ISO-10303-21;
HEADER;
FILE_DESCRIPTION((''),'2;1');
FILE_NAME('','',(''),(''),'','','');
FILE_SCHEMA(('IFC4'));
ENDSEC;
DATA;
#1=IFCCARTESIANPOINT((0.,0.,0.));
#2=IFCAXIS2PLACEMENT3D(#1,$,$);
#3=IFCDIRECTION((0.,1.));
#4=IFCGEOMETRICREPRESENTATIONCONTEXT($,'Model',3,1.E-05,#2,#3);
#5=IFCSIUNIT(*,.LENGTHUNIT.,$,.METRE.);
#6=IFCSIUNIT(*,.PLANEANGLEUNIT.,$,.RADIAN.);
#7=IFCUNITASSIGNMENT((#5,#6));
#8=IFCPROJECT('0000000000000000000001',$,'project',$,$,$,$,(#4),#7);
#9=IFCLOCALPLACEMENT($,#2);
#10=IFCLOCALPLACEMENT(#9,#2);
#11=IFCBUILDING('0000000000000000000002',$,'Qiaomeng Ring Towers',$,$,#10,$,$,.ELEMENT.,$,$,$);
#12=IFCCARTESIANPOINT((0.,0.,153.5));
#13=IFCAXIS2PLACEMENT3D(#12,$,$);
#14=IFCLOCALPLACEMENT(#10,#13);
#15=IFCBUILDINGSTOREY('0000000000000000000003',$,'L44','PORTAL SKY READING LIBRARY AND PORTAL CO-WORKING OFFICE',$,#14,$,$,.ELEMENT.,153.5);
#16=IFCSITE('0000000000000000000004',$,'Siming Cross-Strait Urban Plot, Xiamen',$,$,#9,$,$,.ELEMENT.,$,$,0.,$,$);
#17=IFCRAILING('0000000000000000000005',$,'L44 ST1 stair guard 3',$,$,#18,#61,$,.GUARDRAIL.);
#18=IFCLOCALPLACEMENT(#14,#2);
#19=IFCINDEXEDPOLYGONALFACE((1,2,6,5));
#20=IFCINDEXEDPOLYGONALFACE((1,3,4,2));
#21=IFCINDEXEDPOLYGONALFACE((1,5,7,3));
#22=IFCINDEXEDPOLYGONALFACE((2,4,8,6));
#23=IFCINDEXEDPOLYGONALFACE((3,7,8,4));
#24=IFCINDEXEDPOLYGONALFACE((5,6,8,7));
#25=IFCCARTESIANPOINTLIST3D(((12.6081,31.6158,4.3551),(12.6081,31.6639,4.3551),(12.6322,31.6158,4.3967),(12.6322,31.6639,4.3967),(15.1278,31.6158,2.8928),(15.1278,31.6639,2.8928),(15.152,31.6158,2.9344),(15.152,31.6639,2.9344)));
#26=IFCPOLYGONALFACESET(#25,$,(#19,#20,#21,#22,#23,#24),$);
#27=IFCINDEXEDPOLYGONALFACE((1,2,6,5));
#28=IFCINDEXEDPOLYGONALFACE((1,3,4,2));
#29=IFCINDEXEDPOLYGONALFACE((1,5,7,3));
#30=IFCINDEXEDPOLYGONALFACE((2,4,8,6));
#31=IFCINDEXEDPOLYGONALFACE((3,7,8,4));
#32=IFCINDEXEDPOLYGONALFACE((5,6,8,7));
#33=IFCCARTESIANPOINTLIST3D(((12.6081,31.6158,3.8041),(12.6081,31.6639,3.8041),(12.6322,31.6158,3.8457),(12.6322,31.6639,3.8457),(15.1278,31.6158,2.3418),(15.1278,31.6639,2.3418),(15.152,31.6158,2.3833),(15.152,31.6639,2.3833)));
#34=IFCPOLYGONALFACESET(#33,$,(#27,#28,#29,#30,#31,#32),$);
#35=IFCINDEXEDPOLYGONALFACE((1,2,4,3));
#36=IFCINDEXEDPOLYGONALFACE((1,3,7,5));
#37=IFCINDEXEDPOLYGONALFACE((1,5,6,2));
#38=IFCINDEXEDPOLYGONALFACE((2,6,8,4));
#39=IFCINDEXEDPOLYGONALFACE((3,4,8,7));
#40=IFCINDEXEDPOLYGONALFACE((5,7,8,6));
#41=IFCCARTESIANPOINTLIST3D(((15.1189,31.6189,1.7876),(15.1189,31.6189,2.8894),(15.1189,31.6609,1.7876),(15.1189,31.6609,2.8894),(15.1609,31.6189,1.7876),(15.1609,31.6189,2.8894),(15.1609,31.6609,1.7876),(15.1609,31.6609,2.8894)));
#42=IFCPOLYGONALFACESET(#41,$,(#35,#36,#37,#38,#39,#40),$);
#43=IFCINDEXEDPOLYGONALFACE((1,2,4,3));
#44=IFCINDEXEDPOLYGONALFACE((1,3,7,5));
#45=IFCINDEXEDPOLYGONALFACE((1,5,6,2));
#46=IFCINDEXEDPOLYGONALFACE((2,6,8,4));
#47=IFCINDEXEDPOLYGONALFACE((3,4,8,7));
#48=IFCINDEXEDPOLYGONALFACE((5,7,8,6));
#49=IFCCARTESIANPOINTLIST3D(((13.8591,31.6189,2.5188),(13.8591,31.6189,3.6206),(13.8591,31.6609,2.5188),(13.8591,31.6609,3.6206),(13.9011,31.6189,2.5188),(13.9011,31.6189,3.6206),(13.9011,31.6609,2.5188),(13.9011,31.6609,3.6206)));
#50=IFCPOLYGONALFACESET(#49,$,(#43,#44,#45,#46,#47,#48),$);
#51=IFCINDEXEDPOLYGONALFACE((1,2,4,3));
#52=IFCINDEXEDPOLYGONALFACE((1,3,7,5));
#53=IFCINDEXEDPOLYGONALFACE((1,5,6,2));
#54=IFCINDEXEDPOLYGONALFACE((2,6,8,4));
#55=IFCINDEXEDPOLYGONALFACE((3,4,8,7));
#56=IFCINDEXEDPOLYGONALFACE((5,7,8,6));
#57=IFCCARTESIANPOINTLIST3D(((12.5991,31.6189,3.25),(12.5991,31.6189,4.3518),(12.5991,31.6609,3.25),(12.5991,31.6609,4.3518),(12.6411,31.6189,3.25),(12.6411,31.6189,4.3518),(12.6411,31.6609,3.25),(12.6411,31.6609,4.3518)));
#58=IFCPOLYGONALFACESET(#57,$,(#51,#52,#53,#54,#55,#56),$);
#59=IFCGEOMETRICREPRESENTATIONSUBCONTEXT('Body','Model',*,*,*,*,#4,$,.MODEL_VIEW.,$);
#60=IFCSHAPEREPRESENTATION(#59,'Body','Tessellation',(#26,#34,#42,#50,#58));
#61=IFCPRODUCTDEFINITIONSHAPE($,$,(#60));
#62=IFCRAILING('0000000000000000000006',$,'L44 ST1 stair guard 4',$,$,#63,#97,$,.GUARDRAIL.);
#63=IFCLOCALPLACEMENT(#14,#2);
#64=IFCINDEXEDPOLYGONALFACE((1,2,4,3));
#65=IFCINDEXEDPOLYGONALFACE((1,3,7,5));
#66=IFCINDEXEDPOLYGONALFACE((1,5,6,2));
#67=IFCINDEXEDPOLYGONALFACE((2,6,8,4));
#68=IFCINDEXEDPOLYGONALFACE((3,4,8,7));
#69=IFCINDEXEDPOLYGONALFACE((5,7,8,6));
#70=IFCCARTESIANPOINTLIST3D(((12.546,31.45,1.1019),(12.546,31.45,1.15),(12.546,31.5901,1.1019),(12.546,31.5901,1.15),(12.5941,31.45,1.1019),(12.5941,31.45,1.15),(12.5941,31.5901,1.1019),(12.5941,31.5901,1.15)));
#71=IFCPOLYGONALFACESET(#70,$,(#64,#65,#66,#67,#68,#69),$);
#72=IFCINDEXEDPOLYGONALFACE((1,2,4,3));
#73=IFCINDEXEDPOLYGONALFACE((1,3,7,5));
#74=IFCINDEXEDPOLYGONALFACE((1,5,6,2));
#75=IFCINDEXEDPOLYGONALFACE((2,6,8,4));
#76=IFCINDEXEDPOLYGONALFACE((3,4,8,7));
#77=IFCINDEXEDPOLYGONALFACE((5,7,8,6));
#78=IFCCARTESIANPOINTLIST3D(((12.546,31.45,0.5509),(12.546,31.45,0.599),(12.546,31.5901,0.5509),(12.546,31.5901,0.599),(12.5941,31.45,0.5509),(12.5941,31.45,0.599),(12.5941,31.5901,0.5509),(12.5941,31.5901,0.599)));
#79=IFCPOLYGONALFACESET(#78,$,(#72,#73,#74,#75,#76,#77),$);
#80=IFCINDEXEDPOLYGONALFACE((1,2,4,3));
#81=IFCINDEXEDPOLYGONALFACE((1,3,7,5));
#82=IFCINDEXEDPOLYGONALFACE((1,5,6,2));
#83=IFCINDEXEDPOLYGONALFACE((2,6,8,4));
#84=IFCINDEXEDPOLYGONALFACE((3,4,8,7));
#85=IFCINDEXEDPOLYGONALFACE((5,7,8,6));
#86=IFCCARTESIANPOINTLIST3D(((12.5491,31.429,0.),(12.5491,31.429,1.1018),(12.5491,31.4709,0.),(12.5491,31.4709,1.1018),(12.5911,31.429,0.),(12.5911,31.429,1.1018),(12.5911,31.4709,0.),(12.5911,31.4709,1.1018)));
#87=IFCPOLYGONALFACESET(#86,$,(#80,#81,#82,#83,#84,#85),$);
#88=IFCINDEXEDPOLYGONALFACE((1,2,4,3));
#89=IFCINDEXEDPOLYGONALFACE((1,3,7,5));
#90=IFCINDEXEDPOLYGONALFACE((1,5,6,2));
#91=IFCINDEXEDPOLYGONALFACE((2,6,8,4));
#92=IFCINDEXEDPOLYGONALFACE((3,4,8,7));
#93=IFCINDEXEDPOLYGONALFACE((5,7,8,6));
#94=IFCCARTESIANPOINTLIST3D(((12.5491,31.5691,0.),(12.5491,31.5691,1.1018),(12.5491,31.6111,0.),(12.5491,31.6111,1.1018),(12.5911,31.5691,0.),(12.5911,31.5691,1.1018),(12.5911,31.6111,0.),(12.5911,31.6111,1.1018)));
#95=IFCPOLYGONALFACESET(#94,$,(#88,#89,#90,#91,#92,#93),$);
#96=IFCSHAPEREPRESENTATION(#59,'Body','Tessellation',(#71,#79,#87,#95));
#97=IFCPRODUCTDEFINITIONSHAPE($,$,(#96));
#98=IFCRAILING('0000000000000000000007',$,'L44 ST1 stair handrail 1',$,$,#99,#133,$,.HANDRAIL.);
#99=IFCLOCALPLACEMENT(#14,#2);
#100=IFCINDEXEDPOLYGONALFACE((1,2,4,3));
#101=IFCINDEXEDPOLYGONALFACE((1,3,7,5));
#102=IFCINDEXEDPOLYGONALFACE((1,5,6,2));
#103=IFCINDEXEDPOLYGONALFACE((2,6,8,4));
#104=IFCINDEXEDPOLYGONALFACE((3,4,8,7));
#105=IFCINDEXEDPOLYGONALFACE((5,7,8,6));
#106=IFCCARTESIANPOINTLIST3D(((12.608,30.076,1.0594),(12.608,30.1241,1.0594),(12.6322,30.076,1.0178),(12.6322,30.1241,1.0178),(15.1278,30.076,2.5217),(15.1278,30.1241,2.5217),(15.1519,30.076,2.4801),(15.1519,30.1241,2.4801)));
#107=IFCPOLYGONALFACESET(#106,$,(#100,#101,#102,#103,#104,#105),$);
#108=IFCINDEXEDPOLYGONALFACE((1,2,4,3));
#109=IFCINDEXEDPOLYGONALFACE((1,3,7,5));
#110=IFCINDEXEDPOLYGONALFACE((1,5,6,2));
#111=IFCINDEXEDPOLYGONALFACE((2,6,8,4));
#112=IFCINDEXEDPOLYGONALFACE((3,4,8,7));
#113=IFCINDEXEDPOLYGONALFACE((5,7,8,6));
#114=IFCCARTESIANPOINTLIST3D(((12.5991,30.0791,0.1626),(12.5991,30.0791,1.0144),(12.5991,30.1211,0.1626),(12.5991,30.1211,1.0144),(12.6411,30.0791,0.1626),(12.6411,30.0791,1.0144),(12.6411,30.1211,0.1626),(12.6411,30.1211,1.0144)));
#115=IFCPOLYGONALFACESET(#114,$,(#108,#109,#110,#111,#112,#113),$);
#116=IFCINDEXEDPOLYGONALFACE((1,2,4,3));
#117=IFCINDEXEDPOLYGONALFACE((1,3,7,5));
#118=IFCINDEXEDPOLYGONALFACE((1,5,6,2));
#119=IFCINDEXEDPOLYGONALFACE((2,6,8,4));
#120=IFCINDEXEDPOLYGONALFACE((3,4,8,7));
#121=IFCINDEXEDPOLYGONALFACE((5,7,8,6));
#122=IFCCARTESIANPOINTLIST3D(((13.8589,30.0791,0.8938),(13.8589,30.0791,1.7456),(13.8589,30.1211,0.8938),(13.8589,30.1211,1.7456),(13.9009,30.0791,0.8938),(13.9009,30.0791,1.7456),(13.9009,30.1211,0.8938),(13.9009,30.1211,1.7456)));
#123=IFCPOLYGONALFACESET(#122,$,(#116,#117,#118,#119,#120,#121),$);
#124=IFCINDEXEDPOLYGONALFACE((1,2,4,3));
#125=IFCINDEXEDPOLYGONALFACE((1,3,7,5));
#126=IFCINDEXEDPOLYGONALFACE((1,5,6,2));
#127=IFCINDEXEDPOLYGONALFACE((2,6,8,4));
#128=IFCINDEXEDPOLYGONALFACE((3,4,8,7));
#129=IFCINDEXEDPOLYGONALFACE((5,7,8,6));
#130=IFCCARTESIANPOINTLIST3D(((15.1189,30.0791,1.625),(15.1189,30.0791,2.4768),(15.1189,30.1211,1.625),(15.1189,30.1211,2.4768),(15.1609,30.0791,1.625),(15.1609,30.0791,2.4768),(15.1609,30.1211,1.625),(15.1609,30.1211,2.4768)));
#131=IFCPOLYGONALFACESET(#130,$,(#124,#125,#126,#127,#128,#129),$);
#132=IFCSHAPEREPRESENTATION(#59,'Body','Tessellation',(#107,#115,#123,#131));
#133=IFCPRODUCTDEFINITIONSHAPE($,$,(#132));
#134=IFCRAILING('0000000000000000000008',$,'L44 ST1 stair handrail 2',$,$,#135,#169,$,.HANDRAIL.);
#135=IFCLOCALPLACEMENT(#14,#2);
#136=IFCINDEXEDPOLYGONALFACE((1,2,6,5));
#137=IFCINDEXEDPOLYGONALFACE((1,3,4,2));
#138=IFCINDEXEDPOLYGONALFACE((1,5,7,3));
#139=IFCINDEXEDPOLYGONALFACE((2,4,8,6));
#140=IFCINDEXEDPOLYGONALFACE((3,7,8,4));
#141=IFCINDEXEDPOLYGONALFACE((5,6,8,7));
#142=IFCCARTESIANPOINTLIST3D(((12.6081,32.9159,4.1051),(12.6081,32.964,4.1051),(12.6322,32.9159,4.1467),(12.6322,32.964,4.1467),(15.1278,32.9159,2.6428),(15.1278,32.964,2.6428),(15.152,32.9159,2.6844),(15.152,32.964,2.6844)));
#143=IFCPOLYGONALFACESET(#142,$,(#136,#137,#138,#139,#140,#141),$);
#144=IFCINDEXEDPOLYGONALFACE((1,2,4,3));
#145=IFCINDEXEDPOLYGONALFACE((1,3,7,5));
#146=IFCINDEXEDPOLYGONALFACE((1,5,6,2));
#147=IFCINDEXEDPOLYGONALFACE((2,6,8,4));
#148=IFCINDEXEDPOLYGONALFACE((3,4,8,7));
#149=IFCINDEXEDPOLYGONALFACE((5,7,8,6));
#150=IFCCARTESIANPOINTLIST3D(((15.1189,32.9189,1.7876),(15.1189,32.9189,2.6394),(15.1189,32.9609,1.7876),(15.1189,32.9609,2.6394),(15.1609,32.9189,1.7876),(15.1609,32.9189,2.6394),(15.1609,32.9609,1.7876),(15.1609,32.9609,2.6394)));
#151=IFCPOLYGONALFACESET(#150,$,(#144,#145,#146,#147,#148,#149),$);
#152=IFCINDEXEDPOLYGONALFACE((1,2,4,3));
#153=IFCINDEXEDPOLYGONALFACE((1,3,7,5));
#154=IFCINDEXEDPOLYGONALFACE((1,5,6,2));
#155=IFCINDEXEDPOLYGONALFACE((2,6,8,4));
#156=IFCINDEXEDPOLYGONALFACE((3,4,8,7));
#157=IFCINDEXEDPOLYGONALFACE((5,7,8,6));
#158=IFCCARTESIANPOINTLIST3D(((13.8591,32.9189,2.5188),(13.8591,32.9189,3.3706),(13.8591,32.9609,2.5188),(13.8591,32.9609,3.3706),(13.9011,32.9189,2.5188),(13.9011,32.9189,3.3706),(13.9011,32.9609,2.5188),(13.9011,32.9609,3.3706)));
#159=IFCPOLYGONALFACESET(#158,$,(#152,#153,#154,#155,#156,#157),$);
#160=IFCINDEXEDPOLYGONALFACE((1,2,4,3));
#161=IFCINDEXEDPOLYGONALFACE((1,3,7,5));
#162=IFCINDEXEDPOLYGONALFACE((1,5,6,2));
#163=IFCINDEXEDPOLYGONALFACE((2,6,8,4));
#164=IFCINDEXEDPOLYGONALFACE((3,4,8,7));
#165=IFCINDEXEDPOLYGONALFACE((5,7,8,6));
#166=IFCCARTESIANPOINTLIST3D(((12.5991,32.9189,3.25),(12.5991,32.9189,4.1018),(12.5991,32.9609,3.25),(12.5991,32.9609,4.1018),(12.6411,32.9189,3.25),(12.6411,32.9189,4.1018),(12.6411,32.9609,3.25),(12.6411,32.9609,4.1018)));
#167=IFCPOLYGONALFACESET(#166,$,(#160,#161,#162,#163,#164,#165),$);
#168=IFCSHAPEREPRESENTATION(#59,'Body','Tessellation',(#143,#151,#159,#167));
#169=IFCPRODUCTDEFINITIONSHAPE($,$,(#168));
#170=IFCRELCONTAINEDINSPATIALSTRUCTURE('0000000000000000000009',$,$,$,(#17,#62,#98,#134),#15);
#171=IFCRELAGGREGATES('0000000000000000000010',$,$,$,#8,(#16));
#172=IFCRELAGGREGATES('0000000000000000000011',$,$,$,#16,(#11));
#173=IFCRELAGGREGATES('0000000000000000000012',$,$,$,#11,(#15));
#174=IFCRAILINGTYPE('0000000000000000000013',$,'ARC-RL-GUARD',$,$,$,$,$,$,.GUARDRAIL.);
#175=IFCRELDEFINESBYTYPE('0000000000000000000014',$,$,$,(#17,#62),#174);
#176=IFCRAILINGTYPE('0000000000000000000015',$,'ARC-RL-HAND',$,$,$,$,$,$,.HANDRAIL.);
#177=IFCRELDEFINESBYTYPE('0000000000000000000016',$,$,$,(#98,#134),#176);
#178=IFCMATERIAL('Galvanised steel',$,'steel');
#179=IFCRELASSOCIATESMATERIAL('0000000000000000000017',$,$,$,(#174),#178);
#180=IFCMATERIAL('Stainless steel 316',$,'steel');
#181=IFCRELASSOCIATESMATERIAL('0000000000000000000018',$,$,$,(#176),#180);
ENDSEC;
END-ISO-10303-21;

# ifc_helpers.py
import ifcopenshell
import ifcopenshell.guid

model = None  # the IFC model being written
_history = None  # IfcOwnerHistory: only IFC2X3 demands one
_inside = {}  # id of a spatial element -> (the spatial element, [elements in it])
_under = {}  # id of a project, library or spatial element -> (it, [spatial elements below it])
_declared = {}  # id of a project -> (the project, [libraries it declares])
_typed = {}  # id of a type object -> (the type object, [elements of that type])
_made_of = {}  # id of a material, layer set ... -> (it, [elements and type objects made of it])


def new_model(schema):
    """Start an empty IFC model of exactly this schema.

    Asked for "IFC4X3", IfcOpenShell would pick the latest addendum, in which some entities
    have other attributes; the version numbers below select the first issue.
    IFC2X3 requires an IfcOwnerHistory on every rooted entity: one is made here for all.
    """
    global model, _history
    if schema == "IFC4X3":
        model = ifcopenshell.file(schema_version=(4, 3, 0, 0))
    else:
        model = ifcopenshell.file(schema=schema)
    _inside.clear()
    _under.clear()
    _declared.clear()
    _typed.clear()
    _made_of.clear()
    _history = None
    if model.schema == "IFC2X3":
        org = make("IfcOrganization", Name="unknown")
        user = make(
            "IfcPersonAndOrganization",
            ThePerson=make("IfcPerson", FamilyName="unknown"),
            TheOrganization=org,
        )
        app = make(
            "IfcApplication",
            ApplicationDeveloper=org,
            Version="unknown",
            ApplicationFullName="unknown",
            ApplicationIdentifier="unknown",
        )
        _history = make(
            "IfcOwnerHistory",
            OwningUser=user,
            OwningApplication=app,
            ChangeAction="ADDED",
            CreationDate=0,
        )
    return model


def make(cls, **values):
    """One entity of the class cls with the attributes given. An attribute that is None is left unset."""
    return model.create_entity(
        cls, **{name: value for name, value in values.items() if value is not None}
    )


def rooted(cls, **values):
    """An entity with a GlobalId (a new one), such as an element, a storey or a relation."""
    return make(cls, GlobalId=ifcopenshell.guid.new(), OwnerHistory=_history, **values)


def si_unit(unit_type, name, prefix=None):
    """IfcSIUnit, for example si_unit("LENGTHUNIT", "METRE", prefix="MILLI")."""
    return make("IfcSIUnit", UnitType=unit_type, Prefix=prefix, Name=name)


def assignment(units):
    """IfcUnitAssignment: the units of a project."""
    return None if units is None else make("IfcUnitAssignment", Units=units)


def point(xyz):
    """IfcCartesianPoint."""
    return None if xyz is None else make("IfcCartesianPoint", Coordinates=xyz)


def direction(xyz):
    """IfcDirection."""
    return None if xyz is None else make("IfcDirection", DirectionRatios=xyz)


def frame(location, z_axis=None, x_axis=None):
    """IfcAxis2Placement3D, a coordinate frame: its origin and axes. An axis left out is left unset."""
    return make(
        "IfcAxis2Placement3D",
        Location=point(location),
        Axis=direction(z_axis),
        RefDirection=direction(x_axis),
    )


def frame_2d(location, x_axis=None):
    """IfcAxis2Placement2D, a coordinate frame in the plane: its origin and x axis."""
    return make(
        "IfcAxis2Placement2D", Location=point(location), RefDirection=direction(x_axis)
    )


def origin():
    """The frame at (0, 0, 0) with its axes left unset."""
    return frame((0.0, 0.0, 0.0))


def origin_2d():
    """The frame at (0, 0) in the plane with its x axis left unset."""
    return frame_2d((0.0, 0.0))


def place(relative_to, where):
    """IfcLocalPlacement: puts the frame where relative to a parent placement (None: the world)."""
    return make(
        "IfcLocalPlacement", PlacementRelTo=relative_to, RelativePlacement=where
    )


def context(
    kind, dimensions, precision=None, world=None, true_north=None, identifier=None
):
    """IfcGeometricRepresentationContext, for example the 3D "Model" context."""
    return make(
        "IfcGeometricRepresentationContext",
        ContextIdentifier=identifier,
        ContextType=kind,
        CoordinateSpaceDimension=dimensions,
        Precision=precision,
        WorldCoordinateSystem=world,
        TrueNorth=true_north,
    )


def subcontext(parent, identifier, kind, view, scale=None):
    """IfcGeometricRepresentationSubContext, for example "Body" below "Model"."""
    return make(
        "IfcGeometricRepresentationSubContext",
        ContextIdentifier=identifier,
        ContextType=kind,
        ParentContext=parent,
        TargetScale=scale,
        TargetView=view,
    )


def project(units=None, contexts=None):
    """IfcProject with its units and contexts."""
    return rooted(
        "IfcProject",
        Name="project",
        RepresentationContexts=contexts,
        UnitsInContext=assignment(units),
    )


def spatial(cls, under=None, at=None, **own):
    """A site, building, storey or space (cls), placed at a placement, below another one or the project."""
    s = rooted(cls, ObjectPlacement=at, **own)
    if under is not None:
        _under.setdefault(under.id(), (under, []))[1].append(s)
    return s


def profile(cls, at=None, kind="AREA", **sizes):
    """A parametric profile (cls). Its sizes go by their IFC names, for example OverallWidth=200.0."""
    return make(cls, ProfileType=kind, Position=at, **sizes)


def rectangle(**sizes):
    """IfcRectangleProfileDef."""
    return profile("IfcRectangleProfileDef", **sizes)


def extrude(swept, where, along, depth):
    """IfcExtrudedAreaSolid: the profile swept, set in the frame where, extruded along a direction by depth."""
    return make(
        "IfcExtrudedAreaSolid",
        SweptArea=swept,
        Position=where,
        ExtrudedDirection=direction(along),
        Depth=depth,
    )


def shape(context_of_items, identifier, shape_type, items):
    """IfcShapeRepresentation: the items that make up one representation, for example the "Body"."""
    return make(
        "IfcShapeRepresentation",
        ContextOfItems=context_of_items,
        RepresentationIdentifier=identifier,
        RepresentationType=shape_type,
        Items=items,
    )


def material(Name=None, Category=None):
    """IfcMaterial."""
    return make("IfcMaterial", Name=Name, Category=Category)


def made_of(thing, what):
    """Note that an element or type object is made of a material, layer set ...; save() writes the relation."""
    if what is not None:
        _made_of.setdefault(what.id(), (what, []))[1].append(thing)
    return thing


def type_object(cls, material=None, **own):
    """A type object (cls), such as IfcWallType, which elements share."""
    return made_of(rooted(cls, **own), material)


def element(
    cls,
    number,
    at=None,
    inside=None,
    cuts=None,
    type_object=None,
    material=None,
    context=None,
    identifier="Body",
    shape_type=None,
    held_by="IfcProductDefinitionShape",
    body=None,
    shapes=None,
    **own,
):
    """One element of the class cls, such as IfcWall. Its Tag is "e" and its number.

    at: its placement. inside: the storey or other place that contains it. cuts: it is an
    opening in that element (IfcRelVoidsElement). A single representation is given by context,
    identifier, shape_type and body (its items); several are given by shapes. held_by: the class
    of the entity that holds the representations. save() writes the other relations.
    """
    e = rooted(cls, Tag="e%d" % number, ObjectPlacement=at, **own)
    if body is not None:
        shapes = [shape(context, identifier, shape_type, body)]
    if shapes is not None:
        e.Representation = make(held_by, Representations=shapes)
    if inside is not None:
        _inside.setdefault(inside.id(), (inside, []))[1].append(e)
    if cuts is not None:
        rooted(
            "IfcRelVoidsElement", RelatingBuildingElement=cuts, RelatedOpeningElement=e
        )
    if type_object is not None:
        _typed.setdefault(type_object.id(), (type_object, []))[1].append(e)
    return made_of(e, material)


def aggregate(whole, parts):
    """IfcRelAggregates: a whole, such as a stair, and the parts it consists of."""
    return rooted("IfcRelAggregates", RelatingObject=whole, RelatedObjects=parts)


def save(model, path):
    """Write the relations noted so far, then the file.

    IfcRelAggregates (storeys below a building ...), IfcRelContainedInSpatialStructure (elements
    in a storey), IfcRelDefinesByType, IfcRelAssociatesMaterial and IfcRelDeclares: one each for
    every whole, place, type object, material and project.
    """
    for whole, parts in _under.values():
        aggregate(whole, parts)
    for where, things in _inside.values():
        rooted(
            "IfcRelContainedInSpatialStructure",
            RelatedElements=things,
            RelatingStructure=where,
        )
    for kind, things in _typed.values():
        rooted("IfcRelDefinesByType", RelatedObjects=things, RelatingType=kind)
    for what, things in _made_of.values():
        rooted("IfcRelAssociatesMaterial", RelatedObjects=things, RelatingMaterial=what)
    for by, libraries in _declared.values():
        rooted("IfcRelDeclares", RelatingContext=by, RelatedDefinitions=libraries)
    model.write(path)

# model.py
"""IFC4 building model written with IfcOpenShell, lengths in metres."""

from ifc_helpers import new_model, si_unit, direction, frame, origin, origin_2d, place, context, subcontext, project, spatial, rectangle, extrude, material, type_object, element, save


model = new_model("IFC4")

# Units and contexts
model_context = context("Model", 3, precision=1e-05, world=origin(), true_north=direction((0.0, 1.0)))
body_context = subcontext(model_context, "Body", "Model", "MODEL_VIEW")
ifc_project = project(units=[si_unit("LENGTHUNIT", "METRE"), si_unit("PLANEANGLEUNIT", "RADIAN")], contexts=[model_context])

# Site, building, storey
site_placement = place(None, origin())
site = spatial("IfcSite", under=ifc_project, at=site_placement, Name="Siming Cross-Strait Urban Plot, Xiamen", CompositionType="ELEMENT", RefElevation=0.0)
building_placement = place(site_placement, origin())
building = spatial("IfcBuilding", under=site, at=building_placement, Name="Qiaomeng Ring Towers", CompositionType="ELEMENT")
storey_placement = place(building_placement, frame((0.0, 0.0, 153.5)))
storey = spatial("IfcBuildingStorey", under=building, at=storey_placement, Name="L44", Description="PORTAL SKY READING LIBRARY AND PORTAL CO-WORKING OFFICE", CompositionType="ELEMENT", Elevation=153.5)

# Railings
ifc_material_1 = material(Name="Stainless steel 316", Category="steel")
ifc_material_2 = material(Name="Galvanised steel", Category="steel")
railing_type_1 = type_object("IfcRailingType", Name="ARC-RL-GUARD", PredefinedType="GUARDRAIL", material=ifc_material_2)
railing_1_placement = place(storey_placement, frame((15.1399, 31.6399, 1.7876)))
element("IfcRailing", 1, at=railing_1_placement, inside=storey, type_object=railing_type_1, Name="L44 ST1 stair guard 3", PredefinedType="GUARDRAIL", context=body_context, shape_type="SweptSolid", body=[
    extrude(rectangle(XDim=0.0481, YDim=0.0481, at=origin_2d()), frame((0.0, 0.0, 1.126), z_axis=(-0.864892, 0.0, 0.501958), x_axis=(0.0, -1.0, 0.0)), (0.0, 0.0, 1.0), 2.9133),
    extrude(rectangle(XDim=0.0481, YDim=0.0481, at=origin_2d()), frame((0.0, 0.0, 0.575), z_axis=(-0.864892, 0.0, 0.501958), x_axis=(0.0, -1.0, 0.0)), (0.0, 0.0, 1.0), 2.9133),
    extrude(rectangle(XDim=0.042, YDim=0.042, at=origin_2d()), origin(), (0.0, 0.0, 1.0), 1.1018),
    extrude(rectangle(XDim=0.042, YDim=0.042, at=origin_2d()), frame((-1.2598, 0.0, 0.7312)), (0.0, 0.0, 1.0), 1.1018),
    extrude(rectangle(XDim=0.042, YDim=0.042, at=origin_2d()), frame((-2.5198, 0.0, 1.4624)), (0.0, 0.0, 1.0), 1.1018),
])
railing_2_placement = place(storey_placement, frame((12.5701, 31.45, 0.0)))
element("IfcRailing", 2, at=railing_2_placement, inside=storey, type_object=railing_type_1, Name="L44 ST1 stair guard 4", PredefinedType="GUARDRAIL", context=body_context, shape_type="SweptSolid", body=[
    extrude(rectangle(XDim=0.0481, YDim=0.0481, at=origin_2d()), frame((0.0, 0.0, 1.126), z_axis=(0.0, 1.0, 0.0), x_axis=(-1.0, 0.0, 0.0)), (0.0, 0.0, 1.0), 0.1401),
    extrude(rectangle(XDim=0.0481, YDim=0.0481, at=origin_2d()), frame((0.0, 0.0, 0.575), z_axis=(0.0, 1.0, 0.0), x_axis=(-1.0, 0.0, 0.0)), (0.0, 0.0, 1.0), 0.1401),
    extrude(rectangle(XDim=0.042, YDim=0.042, at=origin_2d()), origin(), (0.0, 0.0, 1.0), 1.1018),
    extrude(rectangle(XDim=0.042, YDim=0.042, at=origin_2d()), frame((0.0, 0.1401, 0.0)), (0.0, 0.0, 1.0), 1.1018),
])
railing_type_2 = type_object("IfcRailingType", Name="ARC-RL-HAND", PredefinedType="HANDRAIL", material=ifc_material_1)
railing_3_placement = place(storey_placement, frame((12.6201, 30.1001, 0.1626)))
element("IfcRailing", 3, at=railing_3_placement, inside=storey, type_object=railing_type_2, Name="L44 ST1 stair handrail 1", PredefinedType="HANDRAIL", context=body_context, shape_type="SweptSolid", body=[
    extrude(rectangle(XDim=0.0481, YDim=0.0481, at=origin_2d()), frame((0.0, 0.0, 0.876), z_axis=(0.864892, 0.0, 0.501958), x_axis=(0.0, 1.0, 0.0)), (0.0, 0.0, 1.0), 2.9133),
    extrude(rectangle(XDim=0.042, YDim=0.042, at=origin_2d()), origin(), (0.0, 0.0, 1.0), 0.8518),
    extrude(rectangle(XDim=0.042, YDim=0.042, at=origin_2d()), frame((1.2598, 0.0, 0.7312)), (0.0, 0.0, 1.0), 0.8518),
    extrude(rectangle(XDim=0.042, YDim=0.042, at=origin_2d()), frame((2.5198, 0.0, 1.4624)), (0.0, 0.0, 1.0), 0.8518),
])
railing_4_placement = place(storey_placement, frame((15.1399, 32.9399, 1.7876)))
element("IfcRailing", 4, at=railing_4_placement, inside=storey, type_object=railing_type_2, Name="L44 ST1 stair handrail 2", PredefinedType="HANDRAIL", context=body_context, shape_type="SweptSolid", body=[
    extrude(rectangle(XDim=0.0481, YDim=0.0481, at=origin_2d()), frame((0.0, 0.0, 0.876), z_axis=(-0.864892, 0.0, 0.501958), x_axis=(0.0, -1.0, 0.0)), (0.0, 0.0, 1.0), 2.9133),
    extrude(rectangle(XDim=0.042, YDim=0.042, at=origin_2d()), origin(), (0.0, 0.0, 1.0), 0.8518),
    extrude(rectangle(XDim=0.042, YDim=0.042, at=origin_2d()), frame((-1.2598, 0.0, 0.7312)), (0.0, 0.0, 1.0), 0.8518),
    extrude(rectangle(XDim=0.042, YDim=0.042, at=origin_2d()), frame((-2.5198, 0.0, 1.4624)), (0.0, 0.0, 1.0), 0.8518),
])

save(model, "model.ifc")
